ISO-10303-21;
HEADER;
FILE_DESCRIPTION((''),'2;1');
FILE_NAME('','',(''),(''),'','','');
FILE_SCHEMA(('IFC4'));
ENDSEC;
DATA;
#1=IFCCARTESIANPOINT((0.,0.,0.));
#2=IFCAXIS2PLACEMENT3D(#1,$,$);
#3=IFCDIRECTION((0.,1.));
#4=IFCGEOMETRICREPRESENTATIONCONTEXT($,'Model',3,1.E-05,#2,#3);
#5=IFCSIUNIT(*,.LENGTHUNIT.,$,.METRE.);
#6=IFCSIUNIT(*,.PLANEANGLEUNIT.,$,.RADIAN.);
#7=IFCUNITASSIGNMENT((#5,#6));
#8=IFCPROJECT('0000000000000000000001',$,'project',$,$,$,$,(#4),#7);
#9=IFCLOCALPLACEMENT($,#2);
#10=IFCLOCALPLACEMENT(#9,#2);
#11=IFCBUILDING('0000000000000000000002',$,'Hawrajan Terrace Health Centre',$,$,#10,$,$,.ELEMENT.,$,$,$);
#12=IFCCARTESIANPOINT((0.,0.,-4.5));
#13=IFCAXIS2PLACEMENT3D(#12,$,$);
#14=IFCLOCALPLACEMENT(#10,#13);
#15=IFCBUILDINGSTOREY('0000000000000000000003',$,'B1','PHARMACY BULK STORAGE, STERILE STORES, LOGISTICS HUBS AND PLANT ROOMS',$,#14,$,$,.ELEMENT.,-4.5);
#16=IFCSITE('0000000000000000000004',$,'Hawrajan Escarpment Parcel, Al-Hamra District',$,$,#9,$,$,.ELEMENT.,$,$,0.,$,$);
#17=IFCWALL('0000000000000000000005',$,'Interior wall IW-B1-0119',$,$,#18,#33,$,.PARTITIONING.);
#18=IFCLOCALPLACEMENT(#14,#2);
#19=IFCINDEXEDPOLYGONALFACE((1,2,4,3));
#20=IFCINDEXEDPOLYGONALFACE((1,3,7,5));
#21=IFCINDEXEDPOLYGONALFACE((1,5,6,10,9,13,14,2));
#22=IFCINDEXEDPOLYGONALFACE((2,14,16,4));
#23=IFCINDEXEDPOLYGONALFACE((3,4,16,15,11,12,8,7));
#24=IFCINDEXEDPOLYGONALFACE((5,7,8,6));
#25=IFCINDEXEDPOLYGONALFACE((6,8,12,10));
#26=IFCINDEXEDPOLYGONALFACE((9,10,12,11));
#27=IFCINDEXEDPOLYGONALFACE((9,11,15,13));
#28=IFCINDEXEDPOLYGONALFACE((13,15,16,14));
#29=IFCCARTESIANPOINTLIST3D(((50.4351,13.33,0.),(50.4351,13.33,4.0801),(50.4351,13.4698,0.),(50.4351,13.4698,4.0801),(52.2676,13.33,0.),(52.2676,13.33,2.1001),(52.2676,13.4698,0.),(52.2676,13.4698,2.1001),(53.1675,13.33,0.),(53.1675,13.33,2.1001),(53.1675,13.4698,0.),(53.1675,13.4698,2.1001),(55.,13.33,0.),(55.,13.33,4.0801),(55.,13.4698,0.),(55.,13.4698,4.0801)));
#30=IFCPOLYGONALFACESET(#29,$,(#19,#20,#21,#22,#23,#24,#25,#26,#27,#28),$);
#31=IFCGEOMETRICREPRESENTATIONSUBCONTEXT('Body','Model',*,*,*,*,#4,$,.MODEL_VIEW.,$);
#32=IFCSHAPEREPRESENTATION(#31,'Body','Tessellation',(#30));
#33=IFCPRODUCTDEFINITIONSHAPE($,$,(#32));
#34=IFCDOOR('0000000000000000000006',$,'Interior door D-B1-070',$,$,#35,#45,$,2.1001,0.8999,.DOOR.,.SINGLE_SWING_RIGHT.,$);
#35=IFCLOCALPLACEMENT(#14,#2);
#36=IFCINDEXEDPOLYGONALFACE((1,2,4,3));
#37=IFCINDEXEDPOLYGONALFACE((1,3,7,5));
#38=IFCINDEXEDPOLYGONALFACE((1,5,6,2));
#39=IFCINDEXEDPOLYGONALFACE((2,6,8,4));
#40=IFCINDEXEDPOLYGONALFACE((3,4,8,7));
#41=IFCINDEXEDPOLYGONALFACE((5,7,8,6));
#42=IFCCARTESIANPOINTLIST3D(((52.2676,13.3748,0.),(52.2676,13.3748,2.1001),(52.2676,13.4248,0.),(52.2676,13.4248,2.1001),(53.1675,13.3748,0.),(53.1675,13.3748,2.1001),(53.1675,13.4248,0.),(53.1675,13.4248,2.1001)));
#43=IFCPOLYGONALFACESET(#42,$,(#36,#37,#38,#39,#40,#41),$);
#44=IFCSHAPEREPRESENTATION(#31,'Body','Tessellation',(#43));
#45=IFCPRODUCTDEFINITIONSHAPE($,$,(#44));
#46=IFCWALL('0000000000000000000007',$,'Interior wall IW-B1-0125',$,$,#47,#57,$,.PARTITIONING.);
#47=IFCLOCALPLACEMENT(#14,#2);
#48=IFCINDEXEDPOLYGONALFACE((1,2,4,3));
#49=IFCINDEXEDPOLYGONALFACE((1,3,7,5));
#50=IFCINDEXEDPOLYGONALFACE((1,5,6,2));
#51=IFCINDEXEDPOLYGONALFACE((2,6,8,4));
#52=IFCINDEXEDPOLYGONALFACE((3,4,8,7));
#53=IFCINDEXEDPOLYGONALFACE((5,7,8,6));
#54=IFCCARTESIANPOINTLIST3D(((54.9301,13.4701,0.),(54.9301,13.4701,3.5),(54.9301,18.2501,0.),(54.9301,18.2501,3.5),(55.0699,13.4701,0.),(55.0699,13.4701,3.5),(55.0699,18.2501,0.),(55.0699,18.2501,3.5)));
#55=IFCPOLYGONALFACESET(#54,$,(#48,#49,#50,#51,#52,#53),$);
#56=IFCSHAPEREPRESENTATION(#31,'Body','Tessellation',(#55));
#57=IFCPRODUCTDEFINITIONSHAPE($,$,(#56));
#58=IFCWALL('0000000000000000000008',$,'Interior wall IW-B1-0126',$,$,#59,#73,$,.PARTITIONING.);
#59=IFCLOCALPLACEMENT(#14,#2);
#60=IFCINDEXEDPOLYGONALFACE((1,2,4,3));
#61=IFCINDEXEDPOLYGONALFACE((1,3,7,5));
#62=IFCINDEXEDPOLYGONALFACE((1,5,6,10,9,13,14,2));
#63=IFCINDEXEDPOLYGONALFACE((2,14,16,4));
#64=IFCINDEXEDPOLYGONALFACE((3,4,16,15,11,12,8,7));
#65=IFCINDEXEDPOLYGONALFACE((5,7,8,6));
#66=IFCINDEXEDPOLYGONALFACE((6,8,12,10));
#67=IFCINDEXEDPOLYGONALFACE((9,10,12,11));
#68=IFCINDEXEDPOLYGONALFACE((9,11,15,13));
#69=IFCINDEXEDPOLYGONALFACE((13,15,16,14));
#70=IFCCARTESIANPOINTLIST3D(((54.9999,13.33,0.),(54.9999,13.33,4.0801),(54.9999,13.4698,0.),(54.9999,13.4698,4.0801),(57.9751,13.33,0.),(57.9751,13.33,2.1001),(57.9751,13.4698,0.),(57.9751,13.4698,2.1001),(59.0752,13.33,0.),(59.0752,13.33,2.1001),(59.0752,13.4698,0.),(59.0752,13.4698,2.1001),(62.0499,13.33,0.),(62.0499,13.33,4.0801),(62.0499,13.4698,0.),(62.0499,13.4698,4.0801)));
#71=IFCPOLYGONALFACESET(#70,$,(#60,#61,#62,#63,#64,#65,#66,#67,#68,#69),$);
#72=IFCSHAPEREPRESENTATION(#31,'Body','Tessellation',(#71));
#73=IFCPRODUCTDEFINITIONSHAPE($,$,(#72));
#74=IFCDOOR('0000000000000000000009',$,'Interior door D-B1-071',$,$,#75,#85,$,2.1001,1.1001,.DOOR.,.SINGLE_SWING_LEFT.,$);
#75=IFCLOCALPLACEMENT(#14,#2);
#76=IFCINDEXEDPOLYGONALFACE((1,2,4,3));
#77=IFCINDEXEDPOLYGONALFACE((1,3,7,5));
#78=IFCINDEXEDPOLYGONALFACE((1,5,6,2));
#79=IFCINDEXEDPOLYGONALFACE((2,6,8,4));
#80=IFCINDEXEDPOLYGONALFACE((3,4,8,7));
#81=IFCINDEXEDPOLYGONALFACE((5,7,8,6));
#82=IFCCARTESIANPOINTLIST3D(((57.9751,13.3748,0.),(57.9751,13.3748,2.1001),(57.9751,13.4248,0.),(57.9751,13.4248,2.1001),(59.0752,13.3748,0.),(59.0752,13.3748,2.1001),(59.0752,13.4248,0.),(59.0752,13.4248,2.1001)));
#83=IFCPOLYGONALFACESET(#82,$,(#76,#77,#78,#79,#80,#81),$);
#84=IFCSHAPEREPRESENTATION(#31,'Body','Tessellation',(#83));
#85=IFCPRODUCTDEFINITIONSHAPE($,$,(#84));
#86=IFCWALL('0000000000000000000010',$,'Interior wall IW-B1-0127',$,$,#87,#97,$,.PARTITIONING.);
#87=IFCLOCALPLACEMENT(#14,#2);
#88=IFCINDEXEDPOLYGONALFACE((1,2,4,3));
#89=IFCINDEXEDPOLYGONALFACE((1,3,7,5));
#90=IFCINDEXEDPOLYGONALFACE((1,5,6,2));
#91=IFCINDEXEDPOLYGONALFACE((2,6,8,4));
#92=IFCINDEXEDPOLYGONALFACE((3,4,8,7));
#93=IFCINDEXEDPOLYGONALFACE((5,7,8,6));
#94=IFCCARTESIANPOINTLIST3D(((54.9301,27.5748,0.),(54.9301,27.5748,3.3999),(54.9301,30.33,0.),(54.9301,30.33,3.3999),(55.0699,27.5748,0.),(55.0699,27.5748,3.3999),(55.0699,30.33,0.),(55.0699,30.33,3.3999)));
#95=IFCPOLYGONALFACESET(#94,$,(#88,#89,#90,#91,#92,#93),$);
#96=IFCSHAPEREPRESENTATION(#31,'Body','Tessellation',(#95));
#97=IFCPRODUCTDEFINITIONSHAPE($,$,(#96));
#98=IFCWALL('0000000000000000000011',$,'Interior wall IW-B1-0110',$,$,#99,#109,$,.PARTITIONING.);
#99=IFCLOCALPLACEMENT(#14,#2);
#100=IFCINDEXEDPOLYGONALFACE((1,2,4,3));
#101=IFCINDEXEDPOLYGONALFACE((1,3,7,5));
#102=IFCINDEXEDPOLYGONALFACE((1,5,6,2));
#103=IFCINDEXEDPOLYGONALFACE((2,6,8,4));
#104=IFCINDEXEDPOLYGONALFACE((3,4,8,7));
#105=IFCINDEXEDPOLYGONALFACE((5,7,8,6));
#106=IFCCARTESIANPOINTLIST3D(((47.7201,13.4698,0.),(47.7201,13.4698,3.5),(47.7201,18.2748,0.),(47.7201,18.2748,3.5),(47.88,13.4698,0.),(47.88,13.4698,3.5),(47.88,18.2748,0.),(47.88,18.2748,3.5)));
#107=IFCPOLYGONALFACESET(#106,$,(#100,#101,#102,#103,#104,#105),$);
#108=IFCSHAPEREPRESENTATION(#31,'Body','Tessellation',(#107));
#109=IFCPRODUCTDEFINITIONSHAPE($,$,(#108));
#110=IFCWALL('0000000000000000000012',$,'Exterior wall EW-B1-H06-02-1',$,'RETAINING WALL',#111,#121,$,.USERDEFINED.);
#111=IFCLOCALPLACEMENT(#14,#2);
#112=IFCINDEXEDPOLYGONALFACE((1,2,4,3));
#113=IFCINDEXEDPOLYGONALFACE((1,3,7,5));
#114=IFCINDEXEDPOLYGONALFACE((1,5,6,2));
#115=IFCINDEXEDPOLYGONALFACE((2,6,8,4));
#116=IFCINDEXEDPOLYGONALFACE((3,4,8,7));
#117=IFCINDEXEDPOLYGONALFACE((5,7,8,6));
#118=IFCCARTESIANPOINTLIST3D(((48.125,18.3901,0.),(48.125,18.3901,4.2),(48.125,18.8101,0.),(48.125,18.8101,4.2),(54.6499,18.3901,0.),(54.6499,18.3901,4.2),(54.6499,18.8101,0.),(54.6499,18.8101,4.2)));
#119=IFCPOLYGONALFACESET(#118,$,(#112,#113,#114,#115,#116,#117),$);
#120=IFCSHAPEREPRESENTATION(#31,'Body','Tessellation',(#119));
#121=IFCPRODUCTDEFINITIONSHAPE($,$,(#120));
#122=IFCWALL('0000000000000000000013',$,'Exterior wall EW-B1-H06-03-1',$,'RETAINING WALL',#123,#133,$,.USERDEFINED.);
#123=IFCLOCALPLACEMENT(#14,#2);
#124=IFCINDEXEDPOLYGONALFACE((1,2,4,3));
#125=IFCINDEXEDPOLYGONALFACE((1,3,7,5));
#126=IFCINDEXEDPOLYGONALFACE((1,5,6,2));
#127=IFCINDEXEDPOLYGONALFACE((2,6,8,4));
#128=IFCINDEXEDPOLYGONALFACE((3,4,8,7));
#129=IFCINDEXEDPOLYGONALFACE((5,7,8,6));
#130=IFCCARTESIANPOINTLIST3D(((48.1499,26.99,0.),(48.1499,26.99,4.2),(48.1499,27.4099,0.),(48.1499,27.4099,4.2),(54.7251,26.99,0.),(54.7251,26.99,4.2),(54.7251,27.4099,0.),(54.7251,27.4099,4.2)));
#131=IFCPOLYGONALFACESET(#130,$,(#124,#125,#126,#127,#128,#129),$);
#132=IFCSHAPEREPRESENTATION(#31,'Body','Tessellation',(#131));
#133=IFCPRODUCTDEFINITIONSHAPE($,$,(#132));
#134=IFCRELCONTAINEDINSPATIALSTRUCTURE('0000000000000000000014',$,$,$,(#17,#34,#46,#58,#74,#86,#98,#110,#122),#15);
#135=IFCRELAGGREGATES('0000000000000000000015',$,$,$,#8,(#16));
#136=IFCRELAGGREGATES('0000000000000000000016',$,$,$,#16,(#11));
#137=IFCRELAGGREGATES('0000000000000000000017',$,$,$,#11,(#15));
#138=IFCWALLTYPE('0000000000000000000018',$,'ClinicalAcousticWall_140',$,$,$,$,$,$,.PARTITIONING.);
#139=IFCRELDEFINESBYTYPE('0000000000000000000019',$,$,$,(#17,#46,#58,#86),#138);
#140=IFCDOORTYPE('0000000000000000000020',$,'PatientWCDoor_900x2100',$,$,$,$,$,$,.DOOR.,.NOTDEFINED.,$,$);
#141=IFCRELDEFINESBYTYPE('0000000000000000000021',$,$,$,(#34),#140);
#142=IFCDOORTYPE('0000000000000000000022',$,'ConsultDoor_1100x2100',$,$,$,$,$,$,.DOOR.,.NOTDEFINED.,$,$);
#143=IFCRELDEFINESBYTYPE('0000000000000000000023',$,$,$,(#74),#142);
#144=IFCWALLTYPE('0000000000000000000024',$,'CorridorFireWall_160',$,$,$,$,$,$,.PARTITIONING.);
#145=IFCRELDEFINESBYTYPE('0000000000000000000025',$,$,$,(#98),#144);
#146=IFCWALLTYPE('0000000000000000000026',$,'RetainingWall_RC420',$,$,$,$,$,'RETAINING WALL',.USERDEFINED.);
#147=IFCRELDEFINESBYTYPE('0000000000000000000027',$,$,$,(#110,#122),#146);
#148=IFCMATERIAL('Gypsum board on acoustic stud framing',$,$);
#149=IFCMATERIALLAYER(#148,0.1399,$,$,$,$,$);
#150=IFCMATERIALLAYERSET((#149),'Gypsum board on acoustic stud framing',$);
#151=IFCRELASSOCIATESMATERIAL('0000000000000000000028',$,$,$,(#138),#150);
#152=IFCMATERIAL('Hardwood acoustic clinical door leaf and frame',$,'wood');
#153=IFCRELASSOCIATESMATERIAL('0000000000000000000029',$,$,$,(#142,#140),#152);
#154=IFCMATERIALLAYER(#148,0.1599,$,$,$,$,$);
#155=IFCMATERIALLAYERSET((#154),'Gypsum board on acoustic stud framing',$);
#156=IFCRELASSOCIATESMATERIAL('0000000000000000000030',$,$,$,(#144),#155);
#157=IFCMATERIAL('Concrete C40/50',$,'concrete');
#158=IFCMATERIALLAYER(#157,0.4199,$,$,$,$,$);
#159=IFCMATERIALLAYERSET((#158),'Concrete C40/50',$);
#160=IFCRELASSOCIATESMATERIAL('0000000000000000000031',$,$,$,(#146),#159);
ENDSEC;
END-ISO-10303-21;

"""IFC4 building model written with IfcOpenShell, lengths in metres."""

from ifc_helpers import new_model, si_unit, direction, frame, frame_2d, origin, place, context, subcontext, project, spatial, rectangle, extrude, material, layer, layer_set, type_object, element, fill, save


model = new_model("IFC4")

# Units and contexts
model_context = context("Model", 3, precision=1e-05, world=origin(), true_north=direction((0.0, 1.0)))
body_context = subcontext(model_context, "Body", "Model", "MODEL_VIEW")
ifc_project = project(units=[si_unit("LENGTHUNIT", "METRE"), si_unit("PLANEANGLEUNIT", "RADIAN")], contexts=[model_context])

# Site, building, storey
site_placement = place(None, origin())
site = spatial("IfcSite", under=ifc_project, at=site_placement, Name="Hawrajan Escarpment Parcel, Al-Hamra District", CompositionType="ELEMENT", RefElevation=0.0)
building_placement = place(site_placement, origin())
building = spatial("IfcBuilding", under=site, at=building_placement, Name="Hawrajan Terrace Health Centre", CompositionType="ELEMENT")
storey_placement = place(building_placement, frame((0.0, 0.0, -4.5)))
storey = spatial("IfcBuildingStorey", under=building, at=storey_placement, Name="B1", Description="PHARMACY BULK STORAGE, STERILE STORES, LOGISTICS HUBS AND PLANT ROOMS", CompositionType="ELEMENT", Elevation=-4.5)

# Shared definitions
ifc_material_1 = material(Name="Concrete C40/50", Category="concrete")

# Shared definitions
ifc_material_2 = material(Name="Gypsum board on acoustic stud framing")
ifc_layer_1 = layer(ifc_material_2, 0.1399)
ifc_layer_set_1 = layer_set([ifc_layer_1], Name="Gypsum board on acoustic stud framing")
wall_type_1 = type_object("IfcWallType", Name="ClinicalAcousticWall_140", PredefinedType="PARTITIONING", material=ifc_layer_set_1)

# Shared definitions
ifc_material_3 = material(Name="Hardwood acoustic clinical door leaf and frame", Category="wood")
door_type_1 = type_object("IfcDoorType", Name="ConsultDoor_1100x2100", OperationType="NOTDEFINED", PredefinedType="DOOR", material=ifc_material_3)

# Wall, opening, door
wall_1_placement = place(storey_placement, frame((50.4351, 13.3999, 0.0), z_axis=(0.0, 0.0, 1.0), x_axis=(1.0, 0.0, 0.0)))
wall_1 = element("IfcWall", 1, at=wall_1_placement, inside=storey, type_object=wall_type_1, Name="Interior wall IW-B1-0119", PredefinedType="PARTITIONING", context=body_context, shape_type="SweptSolid", body=[
    extrude(rectangle(XDim=4.5649, YDim=0.1399, at=frame_2d((2.2825, 0.0))), origin(), (0.0, 0.0, 1.0), 4.0801),
])
opening_1_placement = place(wall_1_placement, frame((1.8325, 0.0, 0.0)))
opening_1 = element("IfcOpeningElement", 2, at=opening_1_placement, cuts=wall_1, PredefinedType="OPENING", context=body_context, shape_type="SweptSolid", body=[
    extrude(rectangle(XDim=0.8999, YDim=2.1001, at=frame_2d((0.45, 1.05))), frame((0.0, 0.0798, 0.0), z_axis=(0.0, -1.0, 0.0), x_axis=(1.0, 0.0, 0.0)), (0.0, 0.0, 1.0), 0.1599),
])
door_type_2 = type_object("IfcDoorType", Name="PatientWCDoor_900x2100", OperationType="NOTDEFINED", PredefinedType="DOOR", material=ifc_material_3)
door_1_placement = place(opening_1_placement, origin())
door_1 = element("IfcDoor", 3, at=door_1_placement, inside=storey, type_object=door_type_2, Name="Interior door D-B1-070", OperationType="SINGLE_SWING_RIGHT", OverallHeight=2.1001, OverallWidth=0.8999, PredefinedType="DOOR", context=body_context, shape_type="SweptSolid", body=[
    extrude(rectangle(XDim=0.8999, YDim=2.1001, at=frame_2d((0.45, 1.05))), frame((0.0, 0.0249, 0.0), z_axis=(0.0, -1.0, 0.0), x_axis=(1.0, 0.0, 0.0)), (0.0, 0.0, 1.0), 0.05),
])
fill(opening_1, door_1)

# Wall
wall_2_placement = place(storey_placement, frame((55.0, 13.47, 0.0), z_axis=(0.0, 0.0, 1.0), x_axis=(0.0, 1.0, 0.0)))
element("IfcWall", 4, at=wall_2_placement, inside=storey, type_object=wall_type_1, Name="Interior wall IW-B1-0125", PredefinedType="PARTITIONING", context=body_context, shape_type="SweptSolid", body=[
    extrude(rectangle(XDim=4.78, YDim=0.1399, at=frame_2d((2.3901, 0.0))), origin(), (0.0, 0.0, 1.0), 3.5),
])

# Wall, opening, door
wall_3_placement = place(storey_placement, frame((55.0, 13.3999, 0.0), z_axis=(0.0, 0.0, 1.0), x_axis=(1.0, 0.0, 0.0)))
wall_3 = element("IfcWall", 5, at=wall_3_placement, inside=storey, type_object=wall_type_1, Name="Interior wall IW-B1-0126", PredefinedType="PARTITIONING", context=body_context, shape_type="SweptSolid", body=[
    extrude(rectangle(XDim=7.05, YDim=0.1399, at=frame_2d((3.5249, 0.0))), origin(), (0.0, 0.0, 1.0), 4.0801),
])
opening_2_placement = place(wall_3_placement, frame((2.9751, 0.0, 0.0)))
opening_2 = element("IfcOpeningElement", 6, at=opening_2_placement, cuts=wall_3, PredefinedType="OPENING", context=body_context, shape_type="SweptSolid", body=[
    extrude(rectangle(XDim=1.1001, YDim=2.1001, at=frame_2d((0.55, 1.05))), frame((0.0, 0.0798, 0.0), z_axis=(0.0, -1.0, 0.0), x_axis=(1.0, 0.0, 0.0)), (0.0, 0.0, 1.0), 0.1599),
])
door_2_placement = place(opening_2_placement, origin())
door_2 = element("IfcDoor", 7, at=door_2_placement, inside=storey, type_object=door_type_1, Name="Interior door D-B1-071", OperationType="SINGLE_SWING_LEFT", OverallHeight=2.1001, OverallWidth=1.1001, PredefinedType="DOOR", context=body_context, shape_type="SweptSolid", body=[
    extrude(rectangle(XDim=1.1001, YDim=2.1001, at=frame_2d((0.55, 1.05))), frame((0.0, 0.0249, 0.0), z_axis=(0.0, -1.0, 0.0), x_axis=(1.0, 0.0, 0.0)), (0.0, 0.0, 1.0), 0.05),
])
fill(opening_2, door_2)

# Walls
wall_4_placement = place(storey_placement, frame((55.0, 27.575, 0.0), z_axis=(0.0, 0.0, 1.0), x_axis=(0.0, 1.0, 0.0)))
element("IfcWall", 8, at=wall_4_placement, inside=storey, type_object=wall_type_1, Name="Interior wall IW-B1-0127", PredefinedType="PARTITIONING", context=body_context, shape_type="SweptSolid", body=[
    extrude(rectangle(XDim=2.7551, YDim=0.1399, at=frame_2d((1.3774, 0.0))), origin(), (0.0, 0.0, 1.0), 3.3999),
])
ifc_layer_2 = layer(ifc_material_2, 0.1599)
ifc_layer_set_2 = layer_set([ifc_layer_2], Name="Gypsum board on acoustic stud framing")
wall_type_2 = type_object("IfcWallType", Name="CorridorFireWall_160", PredefinedType="PARTITIONING", material=ifc_layer_set_2)
wall_5_placement = place(storey_placement, frame((47.8, 13.47, 0.0), z_axis=(0.0, 0.0, 1.0), x_axis=(0.0, 1.0, 0.0)))
element("IfcWall", 9, at=wall_5_placement, inside=storey, type_object=wall_type_2, Name="Interior wall IW-B1-0110", PredefinedType="PARTITIONING", context=body_context, shape_type="SweptSolid", body=[
    extrude(rectangle(XDim=4.8049, YDim=0.1599, at=frame_2d((2.4023, 0.0))), origin(), (0.0, 0.0, 1.0), 3.5),
])
ifc_layer_3 = layer(ifc_material_1, 0.4199)
ifc_layer_set_3 = layer_set([ifc_layer_3], Name="Concrete C40/50")
wall_type_3 = type_object("IfcWallType", Name="RetainingWall_RC420", ElementType="RETAINING WALL", PredefinedType="USERDEFINED", material=ifc_layer_set_3)
wall_6_placement = place(storey_placement, frame((48.125, 18.6001, 0.0), z_axis=(0.0, 0.0, 1.0), x_axis=(1.0, 0.0, 0.0)))
element("IfcWall", 10, at=wall_6_placement, inside=storey, type_object=wall_type_3, Name="Exterior wall EW-B1-H06-02-1", ObjectType="RETAINING WALL", PredefinedType="USERDEFINED", context=body_context, shape_type="SweptSolid", body=[
    extrude(rectangle(XDim=6.5249, YDim=0.4199, at=frame_2d((3.2625, 0.0))), origin(), (0.0, 0.0, 1.0), 4.2),
])
wall_7_placement = place(storey_placement, frame((48.1499, 27.2, 0.0), z_axis=(0.0, 0.0, 1.0), x_axis=(1.0, 0.0, 0.0)))
element("IfcWall", 11, at=wall_7_placement, inside=storey, type_object=wall_type_3, Name="Exterior wall EW-B1-H06-03-1", ObjectType="RETAINING WALL", PredefinedType="USERDEFINED", context=body_context, shape_type="SweptSolid", body=[
    extrude(rectangle(XDim=6.5752, YDim=0.4199, at=frame_2d((3.2876, 0.0))), origin(), (0.0, 0.0, 1.0), 4.2),
])

save(model, "model.ifc")
